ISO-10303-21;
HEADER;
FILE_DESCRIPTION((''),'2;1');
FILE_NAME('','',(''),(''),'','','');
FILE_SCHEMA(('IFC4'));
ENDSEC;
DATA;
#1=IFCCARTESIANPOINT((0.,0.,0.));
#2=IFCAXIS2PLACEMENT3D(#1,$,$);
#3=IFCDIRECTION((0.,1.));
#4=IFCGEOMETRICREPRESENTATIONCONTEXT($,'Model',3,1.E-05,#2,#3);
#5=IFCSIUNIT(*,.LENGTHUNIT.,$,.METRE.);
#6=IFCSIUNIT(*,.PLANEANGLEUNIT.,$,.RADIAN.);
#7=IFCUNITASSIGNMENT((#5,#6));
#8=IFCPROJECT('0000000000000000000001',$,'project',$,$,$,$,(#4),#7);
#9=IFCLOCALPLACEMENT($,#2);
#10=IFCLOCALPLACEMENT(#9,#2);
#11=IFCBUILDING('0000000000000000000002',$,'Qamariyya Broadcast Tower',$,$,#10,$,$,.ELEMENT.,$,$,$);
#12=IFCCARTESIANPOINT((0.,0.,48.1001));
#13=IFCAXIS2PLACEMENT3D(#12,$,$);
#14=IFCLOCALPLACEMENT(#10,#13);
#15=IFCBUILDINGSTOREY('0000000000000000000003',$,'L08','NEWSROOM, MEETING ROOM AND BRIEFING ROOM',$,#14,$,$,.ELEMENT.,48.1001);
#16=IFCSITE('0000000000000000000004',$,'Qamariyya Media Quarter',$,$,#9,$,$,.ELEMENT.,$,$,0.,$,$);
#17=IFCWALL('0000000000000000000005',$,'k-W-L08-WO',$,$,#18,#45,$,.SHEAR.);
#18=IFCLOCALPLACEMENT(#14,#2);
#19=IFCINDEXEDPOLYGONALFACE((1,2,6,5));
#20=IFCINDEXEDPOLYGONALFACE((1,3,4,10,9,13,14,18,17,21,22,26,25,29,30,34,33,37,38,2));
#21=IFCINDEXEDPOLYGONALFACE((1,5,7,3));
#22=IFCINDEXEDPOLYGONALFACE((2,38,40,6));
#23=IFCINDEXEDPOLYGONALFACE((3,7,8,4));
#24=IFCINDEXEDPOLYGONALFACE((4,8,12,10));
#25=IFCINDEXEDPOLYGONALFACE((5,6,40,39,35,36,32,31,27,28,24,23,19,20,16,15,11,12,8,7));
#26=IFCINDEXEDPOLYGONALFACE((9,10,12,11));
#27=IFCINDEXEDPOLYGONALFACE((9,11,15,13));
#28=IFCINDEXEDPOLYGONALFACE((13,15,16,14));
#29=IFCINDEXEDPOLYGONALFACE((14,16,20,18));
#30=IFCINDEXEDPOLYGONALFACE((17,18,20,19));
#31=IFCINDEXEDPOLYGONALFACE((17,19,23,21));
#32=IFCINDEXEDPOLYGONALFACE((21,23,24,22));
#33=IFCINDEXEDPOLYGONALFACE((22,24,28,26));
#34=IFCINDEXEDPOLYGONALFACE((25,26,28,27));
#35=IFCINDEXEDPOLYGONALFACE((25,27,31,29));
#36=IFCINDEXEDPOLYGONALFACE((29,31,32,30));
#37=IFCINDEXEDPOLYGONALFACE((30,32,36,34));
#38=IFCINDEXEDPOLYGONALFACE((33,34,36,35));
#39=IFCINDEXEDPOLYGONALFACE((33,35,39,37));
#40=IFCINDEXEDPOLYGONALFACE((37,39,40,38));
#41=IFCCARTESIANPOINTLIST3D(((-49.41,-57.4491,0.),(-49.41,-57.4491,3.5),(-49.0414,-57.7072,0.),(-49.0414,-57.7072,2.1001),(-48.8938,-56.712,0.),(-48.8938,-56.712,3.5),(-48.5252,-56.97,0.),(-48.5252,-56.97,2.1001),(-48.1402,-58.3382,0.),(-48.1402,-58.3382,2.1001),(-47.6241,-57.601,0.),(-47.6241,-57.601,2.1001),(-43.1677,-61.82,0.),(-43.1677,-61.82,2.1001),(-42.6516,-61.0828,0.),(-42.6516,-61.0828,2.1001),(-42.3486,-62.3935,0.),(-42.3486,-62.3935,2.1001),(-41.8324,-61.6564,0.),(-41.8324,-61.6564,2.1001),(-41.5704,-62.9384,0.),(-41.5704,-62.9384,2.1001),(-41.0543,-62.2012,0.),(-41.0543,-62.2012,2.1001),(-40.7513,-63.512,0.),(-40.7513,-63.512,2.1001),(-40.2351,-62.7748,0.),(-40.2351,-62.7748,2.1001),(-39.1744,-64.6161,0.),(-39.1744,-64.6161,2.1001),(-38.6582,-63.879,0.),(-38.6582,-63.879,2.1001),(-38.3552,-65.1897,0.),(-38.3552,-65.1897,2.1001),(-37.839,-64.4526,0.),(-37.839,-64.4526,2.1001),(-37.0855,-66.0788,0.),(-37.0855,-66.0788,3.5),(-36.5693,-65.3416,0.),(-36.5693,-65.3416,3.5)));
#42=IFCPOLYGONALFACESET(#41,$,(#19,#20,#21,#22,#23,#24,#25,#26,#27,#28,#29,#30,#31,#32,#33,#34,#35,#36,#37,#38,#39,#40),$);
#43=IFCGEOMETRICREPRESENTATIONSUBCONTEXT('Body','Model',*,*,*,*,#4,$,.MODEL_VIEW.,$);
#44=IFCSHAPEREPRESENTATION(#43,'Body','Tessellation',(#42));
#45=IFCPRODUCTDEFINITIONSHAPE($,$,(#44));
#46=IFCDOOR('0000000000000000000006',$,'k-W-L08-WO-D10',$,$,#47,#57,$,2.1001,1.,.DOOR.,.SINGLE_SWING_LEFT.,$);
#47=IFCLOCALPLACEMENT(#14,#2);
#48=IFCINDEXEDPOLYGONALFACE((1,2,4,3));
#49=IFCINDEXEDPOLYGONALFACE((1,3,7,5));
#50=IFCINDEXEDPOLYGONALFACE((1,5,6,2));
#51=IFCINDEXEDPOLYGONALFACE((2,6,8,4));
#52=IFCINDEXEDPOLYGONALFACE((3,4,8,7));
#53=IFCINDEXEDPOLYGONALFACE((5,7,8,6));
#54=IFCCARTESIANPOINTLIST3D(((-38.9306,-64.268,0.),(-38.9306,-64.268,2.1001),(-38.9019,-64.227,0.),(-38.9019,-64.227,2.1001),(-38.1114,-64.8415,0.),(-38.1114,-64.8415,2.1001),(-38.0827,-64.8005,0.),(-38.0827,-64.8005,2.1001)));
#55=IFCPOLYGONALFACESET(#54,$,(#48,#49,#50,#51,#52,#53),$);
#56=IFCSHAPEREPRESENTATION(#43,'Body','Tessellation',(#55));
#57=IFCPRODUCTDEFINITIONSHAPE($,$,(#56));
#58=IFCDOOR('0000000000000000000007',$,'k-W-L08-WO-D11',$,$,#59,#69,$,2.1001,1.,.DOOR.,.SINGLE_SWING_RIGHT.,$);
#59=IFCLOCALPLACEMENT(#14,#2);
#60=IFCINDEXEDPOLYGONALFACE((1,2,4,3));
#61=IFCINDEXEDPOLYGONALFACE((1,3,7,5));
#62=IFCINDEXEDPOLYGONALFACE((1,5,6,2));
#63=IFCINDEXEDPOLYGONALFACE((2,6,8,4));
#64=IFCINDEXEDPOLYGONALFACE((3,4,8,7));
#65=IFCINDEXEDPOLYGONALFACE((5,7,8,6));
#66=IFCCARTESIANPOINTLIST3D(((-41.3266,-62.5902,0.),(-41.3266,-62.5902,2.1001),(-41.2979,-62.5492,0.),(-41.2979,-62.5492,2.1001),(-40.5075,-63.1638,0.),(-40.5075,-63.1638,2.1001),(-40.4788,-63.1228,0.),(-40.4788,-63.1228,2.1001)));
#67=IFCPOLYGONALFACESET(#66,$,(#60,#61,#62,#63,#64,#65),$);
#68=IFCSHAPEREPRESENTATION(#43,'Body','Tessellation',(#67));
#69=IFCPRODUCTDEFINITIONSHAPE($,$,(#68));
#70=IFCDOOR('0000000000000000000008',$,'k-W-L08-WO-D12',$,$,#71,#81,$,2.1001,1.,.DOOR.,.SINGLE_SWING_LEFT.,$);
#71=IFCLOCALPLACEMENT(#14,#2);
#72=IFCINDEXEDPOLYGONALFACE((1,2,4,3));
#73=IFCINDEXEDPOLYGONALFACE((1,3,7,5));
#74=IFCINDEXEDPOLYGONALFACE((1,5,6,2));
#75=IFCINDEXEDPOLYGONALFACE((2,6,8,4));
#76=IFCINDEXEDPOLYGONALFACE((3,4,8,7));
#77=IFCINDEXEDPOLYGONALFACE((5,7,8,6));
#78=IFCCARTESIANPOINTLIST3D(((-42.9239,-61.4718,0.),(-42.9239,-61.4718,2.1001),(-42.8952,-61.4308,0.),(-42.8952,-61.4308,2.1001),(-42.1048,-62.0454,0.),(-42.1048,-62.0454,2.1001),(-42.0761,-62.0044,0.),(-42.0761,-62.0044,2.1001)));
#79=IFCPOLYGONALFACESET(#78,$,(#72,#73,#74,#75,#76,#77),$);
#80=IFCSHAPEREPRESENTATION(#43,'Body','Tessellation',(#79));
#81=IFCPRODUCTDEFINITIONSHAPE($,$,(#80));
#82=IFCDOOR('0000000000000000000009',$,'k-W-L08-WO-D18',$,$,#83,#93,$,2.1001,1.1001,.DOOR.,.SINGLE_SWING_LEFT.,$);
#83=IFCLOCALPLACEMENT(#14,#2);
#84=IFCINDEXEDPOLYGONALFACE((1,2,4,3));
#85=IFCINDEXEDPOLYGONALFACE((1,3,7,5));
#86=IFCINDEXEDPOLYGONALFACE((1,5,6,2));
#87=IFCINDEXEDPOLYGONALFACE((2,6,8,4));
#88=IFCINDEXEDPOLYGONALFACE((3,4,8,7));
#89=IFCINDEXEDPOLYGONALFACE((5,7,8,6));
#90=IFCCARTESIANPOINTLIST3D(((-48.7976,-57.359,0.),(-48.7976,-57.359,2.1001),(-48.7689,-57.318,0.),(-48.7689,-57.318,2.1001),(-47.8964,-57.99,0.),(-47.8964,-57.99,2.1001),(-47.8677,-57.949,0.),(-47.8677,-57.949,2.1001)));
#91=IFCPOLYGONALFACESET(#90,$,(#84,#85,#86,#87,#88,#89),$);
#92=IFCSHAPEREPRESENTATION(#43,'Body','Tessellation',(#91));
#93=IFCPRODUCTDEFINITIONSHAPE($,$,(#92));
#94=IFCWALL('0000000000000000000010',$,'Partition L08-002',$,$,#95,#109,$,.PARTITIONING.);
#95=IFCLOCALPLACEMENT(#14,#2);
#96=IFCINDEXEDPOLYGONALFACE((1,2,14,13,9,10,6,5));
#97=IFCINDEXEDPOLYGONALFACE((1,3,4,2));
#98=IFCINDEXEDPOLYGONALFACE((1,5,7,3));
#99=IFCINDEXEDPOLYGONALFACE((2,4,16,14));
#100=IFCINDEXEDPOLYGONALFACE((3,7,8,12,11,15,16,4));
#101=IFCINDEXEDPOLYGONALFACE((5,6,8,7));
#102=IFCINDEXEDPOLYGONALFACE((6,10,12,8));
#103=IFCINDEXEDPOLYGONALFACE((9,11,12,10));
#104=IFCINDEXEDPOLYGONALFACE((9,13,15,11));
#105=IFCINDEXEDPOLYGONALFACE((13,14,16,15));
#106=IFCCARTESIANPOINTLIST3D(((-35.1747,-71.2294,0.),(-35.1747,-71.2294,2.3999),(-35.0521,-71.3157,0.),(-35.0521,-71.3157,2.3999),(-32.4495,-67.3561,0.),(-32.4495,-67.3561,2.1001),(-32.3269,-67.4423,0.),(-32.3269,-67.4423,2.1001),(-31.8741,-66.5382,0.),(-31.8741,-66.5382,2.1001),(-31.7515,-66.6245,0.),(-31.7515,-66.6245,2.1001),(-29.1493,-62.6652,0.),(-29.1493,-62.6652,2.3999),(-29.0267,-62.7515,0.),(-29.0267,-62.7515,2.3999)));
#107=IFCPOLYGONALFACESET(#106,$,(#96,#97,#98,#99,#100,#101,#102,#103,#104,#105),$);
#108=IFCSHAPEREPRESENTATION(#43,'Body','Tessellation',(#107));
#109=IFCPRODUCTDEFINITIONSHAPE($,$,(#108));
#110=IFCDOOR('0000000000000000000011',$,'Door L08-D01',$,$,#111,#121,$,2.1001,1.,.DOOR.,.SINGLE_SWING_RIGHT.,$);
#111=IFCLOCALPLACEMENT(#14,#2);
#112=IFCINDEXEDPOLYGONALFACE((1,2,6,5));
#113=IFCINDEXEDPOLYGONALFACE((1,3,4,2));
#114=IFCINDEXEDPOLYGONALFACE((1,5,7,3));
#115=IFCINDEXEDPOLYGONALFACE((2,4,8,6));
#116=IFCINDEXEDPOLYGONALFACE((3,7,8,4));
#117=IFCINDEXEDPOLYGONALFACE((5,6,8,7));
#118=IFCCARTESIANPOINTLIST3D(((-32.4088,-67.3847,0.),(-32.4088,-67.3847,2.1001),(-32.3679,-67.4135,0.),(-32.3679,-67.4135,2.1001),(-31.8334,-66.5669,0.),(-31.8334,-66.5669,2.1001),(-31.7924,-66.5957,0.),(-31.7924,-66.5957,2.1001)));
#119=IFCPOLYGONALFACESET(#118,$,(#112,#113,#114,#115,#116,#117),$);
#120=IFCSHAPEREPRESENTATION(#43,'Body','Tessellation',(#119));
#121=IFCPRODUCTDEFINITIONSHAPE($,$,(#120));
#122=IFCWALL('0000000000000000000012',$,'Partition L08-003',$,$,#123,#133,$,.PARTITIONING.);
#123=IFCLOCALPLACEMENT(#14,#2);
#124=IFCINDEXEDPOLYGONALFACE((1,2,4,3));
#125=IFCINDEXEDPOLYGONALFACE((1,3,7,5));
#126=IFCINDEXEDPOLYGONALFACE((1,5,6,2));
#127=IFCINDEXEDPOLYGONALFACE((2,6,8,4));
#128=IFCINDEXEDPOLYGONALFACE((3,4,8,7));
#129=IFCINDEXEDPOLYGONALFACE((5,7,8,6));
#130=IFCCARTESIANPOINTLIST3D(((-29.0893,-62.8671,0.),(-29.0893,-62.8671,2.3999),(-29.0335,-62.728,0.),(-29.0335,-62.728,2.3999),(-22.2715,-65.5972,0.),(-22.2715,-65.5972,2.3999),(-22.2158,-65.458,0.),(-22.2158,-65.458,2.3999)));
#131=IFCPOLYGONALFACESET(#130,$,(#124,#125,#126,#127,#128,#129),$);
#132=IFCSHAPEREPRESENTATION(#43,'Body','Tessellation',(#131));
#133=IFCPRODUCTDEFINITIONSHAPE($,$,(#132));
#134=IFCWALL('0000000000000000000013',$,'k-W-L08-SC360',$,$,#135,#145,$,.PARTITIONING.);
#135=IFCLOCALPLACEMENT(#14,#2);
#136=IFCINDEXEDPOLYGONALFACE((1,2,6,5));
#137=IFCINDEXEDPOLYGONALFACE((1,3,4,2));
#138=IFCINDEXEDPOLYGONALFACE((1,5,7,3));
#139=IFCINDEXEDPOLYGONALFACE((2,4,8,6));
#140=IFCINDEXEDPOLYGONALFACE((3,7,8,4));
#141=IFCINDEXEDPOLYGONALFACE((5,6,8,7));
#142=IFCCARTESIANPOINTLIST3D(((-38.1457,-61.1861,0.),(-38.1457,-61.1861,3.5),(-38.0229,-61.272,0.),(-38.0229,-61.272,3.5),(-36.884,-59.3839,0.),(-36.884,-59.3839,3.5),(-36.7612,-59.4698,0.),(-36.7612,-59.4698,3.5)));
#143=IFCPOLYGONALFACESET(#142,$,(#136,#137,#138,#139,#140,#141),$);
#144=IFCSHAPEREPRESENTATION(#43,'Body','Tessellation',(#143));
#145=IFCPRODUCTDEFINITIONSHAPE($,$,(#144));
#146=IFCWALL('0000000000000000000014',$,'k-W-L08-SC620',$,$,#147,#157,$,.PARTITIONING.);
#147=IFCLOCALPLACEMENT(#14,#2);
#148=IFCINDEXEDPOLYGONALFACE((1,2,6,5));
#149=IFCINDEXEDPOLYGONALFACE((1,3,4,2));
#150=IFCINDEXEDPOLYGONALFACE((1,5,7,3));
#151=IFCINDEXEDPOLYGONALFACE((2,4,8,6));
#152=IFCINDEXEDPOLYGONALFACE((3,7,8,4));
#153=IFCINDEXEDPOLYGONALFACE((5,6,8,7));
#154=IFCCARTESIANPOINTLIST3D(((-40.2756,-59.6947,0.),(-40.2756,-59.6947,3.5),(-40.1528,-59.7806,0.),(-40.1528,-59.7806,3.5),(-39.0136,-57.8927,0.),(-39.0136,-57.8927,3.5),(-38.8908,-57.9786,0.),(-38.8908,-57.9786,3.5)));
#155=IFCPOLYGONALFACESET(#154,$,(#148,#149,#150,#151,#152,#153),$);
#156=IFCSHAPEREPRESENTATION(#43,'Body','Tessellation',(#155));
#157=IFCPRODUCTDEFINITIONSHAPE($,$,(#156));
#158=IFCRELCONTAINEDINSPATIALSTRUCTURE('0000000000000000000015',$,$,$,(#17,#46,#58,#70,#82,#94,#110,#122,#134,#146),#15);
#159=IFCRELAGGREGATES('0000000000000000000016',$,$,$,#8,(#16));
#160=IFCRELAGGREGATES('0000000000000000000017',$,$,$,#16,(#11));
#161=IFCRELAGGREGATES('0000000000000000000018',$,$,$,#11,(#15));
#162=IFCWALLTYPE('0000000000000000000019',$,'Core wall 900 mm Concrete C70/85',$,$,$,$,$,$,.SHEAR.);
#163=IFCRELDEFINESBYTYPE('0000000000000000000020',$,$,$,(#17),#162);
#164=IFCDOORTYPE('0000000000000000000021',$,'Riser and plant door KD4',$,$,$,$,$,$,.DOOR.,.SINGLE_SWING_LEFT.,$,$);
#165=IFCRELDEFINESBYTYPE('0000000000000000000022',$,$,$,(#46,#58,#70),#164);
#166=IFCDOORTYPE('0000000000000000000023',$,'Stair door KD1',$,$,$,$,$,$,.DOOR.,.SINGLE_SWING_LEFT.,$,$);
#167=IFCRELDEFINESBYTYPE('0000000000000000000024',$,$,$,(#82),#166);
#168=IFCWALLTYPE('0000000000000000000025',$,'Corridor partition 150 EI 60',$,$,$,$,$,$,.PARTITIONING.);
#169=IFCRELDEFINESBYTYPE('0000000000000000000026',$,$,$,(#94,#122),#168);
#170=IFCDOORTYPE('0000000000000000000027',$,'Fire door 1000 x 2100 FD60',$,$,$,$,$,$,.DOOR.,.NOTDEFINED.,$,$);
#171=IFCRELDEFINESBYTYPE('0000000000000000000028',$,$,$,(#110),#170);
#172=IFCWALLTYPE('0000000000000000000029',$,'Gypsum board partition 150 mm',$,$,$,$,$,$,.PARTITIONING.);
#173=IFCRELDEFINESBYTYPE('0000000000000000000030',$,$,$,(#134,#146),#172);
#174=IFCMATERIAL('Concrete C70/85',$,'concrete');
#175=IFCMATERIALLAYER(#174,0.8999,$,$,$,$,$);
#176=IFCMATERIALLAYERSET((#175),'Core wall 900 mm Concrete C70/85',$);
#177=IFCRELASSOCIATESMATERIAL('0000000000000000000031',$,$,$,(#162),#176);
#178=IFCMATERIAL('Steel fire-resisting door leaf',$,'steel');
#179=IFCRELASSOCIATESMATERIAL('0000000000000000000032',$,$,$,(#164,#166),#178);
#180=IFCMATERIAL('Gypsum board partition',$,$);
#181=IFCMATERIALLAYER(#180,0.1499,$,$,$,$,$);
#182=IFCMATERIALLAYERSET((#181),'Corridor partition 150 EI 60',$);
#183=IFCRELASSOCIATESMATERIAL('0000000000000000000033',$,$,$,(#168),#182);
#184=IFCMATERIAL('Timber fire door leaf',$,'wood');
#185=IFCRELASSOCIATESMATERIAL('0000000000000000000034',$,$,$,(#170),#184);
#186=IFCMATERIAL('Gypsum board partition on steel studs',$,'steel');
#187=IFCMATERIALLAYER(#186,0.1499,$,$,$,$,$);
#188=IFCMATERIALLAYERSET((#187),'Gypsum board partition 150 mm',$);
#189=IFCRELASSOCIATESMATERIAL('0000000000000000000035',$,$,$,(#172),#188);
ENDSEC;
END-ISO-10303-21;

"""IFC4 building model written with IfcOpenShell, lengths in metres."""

from ifc_helpers import new_model, si_unit, direction, frame, frame_2d, origin, place, context, subcontext, project, spatial, rectangle, extrude, material, layer, layer_set, type_object, element, fill, save


model = new_model("IFC4")

# Units and contexts
model_context = context("Model", 3, precision=1e-05, world=origin(), true_north=direction((0.0, 1.0)))
body_context = subcontext(model_context, "Body", "Model", "MODEL_VIEW")
ifc_project = project(units=[si_unit("LENGTHUNIT", "METRE"), si_unit("PLANEANGLEUNIT", "RADIAN")], contexts=[model_context])

# Site, building, storey
site_placement = place(None, origin())
site = spatial("IfcSite", under=ifc_project, at=site_placement, Name="Qamariyya Media Quarter", CompositionType="ELEMENT", RefElevation=0.0)
building_placement = place(site_placement, origin())
building = spatial("IfcBuilding", under=site, at=building_placement, Name="Qamariyya Broadcast Tower", CompositionType="ELEMENT")
storey_placement = place(building_placement, frame((0.0, 0.0, 48.1001)))
storey = spatial("IfcBuildingStorey", under=building, at=storey_placement, Name="L08", Description="NEWSROOM, MEETING ROOM AND BRIEFING ROOM", CompositionType="ELEMENT", Elevation=48.1001)

# Wall, openings, doors
ifc_material_1 = material(Name="Concrete C70/85", Category="concrete")
ifc_layer_1 = layer(ifc_material_1, 0.8999)
ifc_layer_set_1 = layer_set([ifc_layer_1], Name="Core wall 900 mm Concrete C70/85")
wall_type_1 = type_object("IfcWallType", Name="Core wall 900 mm Concrete C70/85", PredefinedType="SHEAR", material=ifc_layer_set_1)
wall_1_placement = place(storey_placement, frame((-36.8274, -65.7102, 0.0), z_axis=(0.0, 0.0, 1.0), x_axis=(-0.819153, 0.573575, 0.0)))
wall_1 = element("IfcWall", 1, at=wall_1_placement, inside=storey, type_object=wall_type_1, Name="k-W-L08-WO", PredefinedType="SHEAR", context=body_context, shape_type="SweptSolid", body=[
    extrude(rectangle(XDim=15.0454, YDim=0.8999, at=frame_2d((7.5227, 0.0))), origin(), (0.0, 0.0, 1.0), 3.5),
])
opening_1_placement = place(wall_1_placement, frame((1.55, 0.0, 0.0)))
opening_1 = element("IfcOpeningElement", 2, at=opening_1_placement, cuts=wall_1, PredefinedType="OPENING", context=body_context, shape_type="SweptSolid", body=[
    extrude(rectangle(XDim=1.0, YDim=2.1001, at=frame_2d((0.5, 1.05))), frame((0.0, 0.46, 0.0), z_axis=(0.0, -1.0, 0.0), x_axis=(1.0, 0.0, 0.0)), (0.0, 0.0, 1.0), 0.9199),
])
opening_2_placement = place(wall_1_placement, frame((4.4751, 0.0, 0.0)))
opening_2 = element("IfcOpeningElement", 3, at=opening_2_placement, cuts=wall_1, PredefinedType="OPENING", context=body_context, shape_type="SweptSolid", body=[
    extrude(rectangle(XDim=1.0, YDim=2.1001, at=frame_2d((0.5, 1.05))), frame((0.0, 0.46, 0.0), z_axis=(0.0, -1.0, 0.0), x_axis=(1.0, 0.0, 0.0)), (0.0, 0.0, 1.0), 0.9199),
])
opening_3_placement = place(wall_1_placement, frame((6.425, 0.0, 0.0)))
opening_3 = element("IfcOpeningElement", 4, at=opening_3_placement, cuts=wall_1, PredefinedType="OPENING", context=body_context, shape_type="SweptSolid", body=[
    extrude(rectangle(XDim=1.0, YDim=2.1001, at=frame_2d((0.5, 1.05))), frame((0.0, 0.46, 0.0), z_axis=(0.0, -1.0, 0.0), x_axis=(1.0, 0.0, 0.0)), (0.0, 0.0, 1.0), 0.9199),
])
opening_4_placement = place(wall_1_placement, frame((13.4954, 0.0, 0.0)))
opening_4 = element("IfcOpeningElement", 5, at=opening_4_placement, cuts=wall_1, PredefinedType="OPENING", context=body_context, shape_type="SweptSolid", body=[
    extrude(rectangle(XDim=1.1001, YDim=2.1001, at=frame_2d((0.55, 1.05))), frame((0.0, 0.46, 0.0), z_axis=(0.0, -1.0, 0.0), x_axis=(1.0, 0.0, 0.0)), (0.0, 0.0, 1.0), 0.9199),
])
ifc_material_2 = material(Name="Steel fire-resisting door leaf", Category="steel")
door_type_1 = type_object("IfcDoorType", Name="Riser and plant door KD4", OperationType="SINGLE_SWING_LEFT", PredefinedType="DOOR", material=ifc_material_2)
door_1_placement = place(opening_1_placement, origin())
door_1 = element("IfcDoor", 6, at=door_1_placement, inside=storey, type_object=door_type_1, Name="k-W-L08-WO-D10", OperationType="SINGLE_SWING_LEFT", OverallHeight=2.1001, OverallWidth=1.0, PredefinedType="DOOR", context=body_context, shape_type="SweptSolid", body=[
    extrude(rectangle(XDim=1.0, YDim=2.1001, at=frame_2d((0.5, 1.05))), frame((0.0, 0.0249, 0.0), z_axis=(0.0, -1.0, 0.0), x_axis=(1.0, 0.0, 0.0)), (0.0, 0.0, 1.0), 0.05),
])
fill(opening_1, door_1)
door_2_placement = place(opening_2_placement, origin())
door_2 = element("IfcDoor", 7, at=door_2_placement, inside=storey, type_object=door_type_1, Name="k-W-L08-WO-D11", OperationType="SINGLE_SWING_RIGHT", OverallHeight=2.1001, OverallWidth=1.0, PredefinedType="DOOR", context=body_context, shape_type="SweptSolid", body=[
    extrude(rectangle(XDim=1.0, YDim=2.1001, at=frame_2d((0.5, 1.05))), frame((0.0, 0.0249, 0.0), z_axis=(0.0, -1.0, 0.0), x_axis=(1.0, 0.0, 0.0)), (0.0, 0.0, 1.0), 0.05),
])
fill(opening_2, door_2)
door_3_placement = place(opening_3_placement, origin())
door_3 = element("IfcDoor", 8, at=door_3_placement, inside=storey, type_object=door_type_1, Name="k-W-L08-WO-D12", OperationType="SINGLE_SWING_LEFT", OverallHeight=2.1001, OverallWidth=1.0, PredefinedType="DOOR", context=body_context, shape_type="SweptSolid", body=[
    extrude(rectangle(XDim=1.0, YDim=2.1001, at=frame_2d((0.5, 1.05))), frame((0.0, 0.0249, 0.0), z_axis=(0.0, -1.0, 0.0), x_axis=(1.0, 0.0, 0.0)), (0.0, 0.0, 1.0), 0.05),
])
fill(opening_3, door_3)
door_type_2 = type_object("IfcDoorType", Name="Stair door KD1", OperationType="SINGLE_SWING_LEFT", PredefinedType="DOOR", material=ifc_material_2)
door_4_placement = place(opening_4_placement, origin())
door_4 = element("IfcDoor", 9, at=door_4_placement, inside=storey, type_object=door_type_2, Name="k-W-L08-WO-D18", OperationType="SINGLE_SWING_LEFT", OverallHeight=2.1001, OverallWidth=1.1001, PredefinedType="DOOR", context=body_context, shape_type="SweptSolid", body=[
    extrude(rectangle(XDim=1.1001, YDim=2.1001, at=frame_2d((0.55, 1.05))), frame((0.0, 0.0249, 0.0), z_axis=(0.0, -1.0, 0.0), x_axis=(1.0, 0.0, 0.0)), (0.0, 0.0, 1.0), 0.05),
])
fill(opening_4, door_4)

# Wall, opening, door
ifc_material_3 = material(Name="Gypsum board partition")
ifc_layer_2 = layer(ifc_material_3, 0.1499)
ifc_layer_set_2 = layer_set([ifc_layer_2], Name="Corridor partition 150 EI 60")
wall_type_2 = type_object("IfcWallType", Name="Corridor partition 150 EI 60", PredefinedType="PARTITIONING", material=ifc_layer_set_2)
wall_2_placement = place(storey_placement, frame((-29.0879, -62.7083, 0.0), z_axis=(0.0, 0.0, 1.0), x_axis=(-0.575412, -0.817864, 0.0)))
wall_2 = element("IfcWall", 10, at=wall_2_placement, inside=storey, type_object=wall_type_2, Name="Partition L08-002", PredefinedType="PARTITIONING", context=body_context, shape_type="SweptSolid", body=[
    extrude(rectangle(XDim=10.4714, YDim=0.1499, at=frame_2d((5.2358, 0.0))), origin(), (0.0, 0.0, 1.0), 2.3999),
])
opening_5_placement = place(wall_2_placement, frame((4.7356, 0.0, 0.0)))
opening_5 = element("IfcOpeningElement", 11, at=opening_5_placement, cuts=wall_2, PredefinedType="OPENING", context=body_context, shape_type="SweptSolid", body=[
    extrude(rectangle(XDim=1.0, YDim=2.1001, at=frame_2d((0.5, 1.05))), frame((0.0, 0.085, 0.0), z_axis=(0.0, -1.0, 0.0), x_axis=(1.0, 0.0, 0.0)), (0.0, 0.0, 1.0), 0.1699),
])
ifc_material_4 = material(Name="Timber fire door leaf", Category="wood")
door_type_3 = type_object("IfcDoorType", Name="Fire door 1000 x 2100 FD60", OperationType="NOTDEFINED", PredefinedType="DOOR", material=ifc_material_4)
door_5_placement = place(opening_5_placement, origin())
door_5 = element("IfcDoor", 12, at=door_5_placement, inside=storey, type_object=door_type_3, Name="Door L08-D01", OperationType="SINGLE_SWING_RIGHT", OverallHeight=2.1001, OverallWidth=1.0, PredefinedType="DOOR", context=body_context, shape_type="SweptSolid", body=[
    extrude(rectangle(XDim=1.0, YDim=2.1001, at=frame_2d((0.5, 1.05))), frame((0.0, 0.0249, 0.0), z_axis=(0.0, -1.0, 0.0), x_axis=(1.0, 0.0, 0.0)), (0.0, 0.0, 1.0), 0.05),
])
fill(opening_5, door_5)

# Walls
wall_3_placement = place(storey_placement, frame((-29.0613, -62.7976, 0.0), z_axis=(0.0, 0.0, 1.0), x_axis=(0.928339, -0.371735, 0.0)))
element("IfcWall", 13, at=wall_3_placement, inside=storey, type_object=wall_type_2, Name="Partition L08-003", PredefinedType="PARTITIONING", context=body_context, shape_type="SweptSolid", body=[
    extrude(rectangle(XDim=7.344, YDim=0.1499, at=frame_2d((3.6719, 0.0))), origin(), (0.0, 0.0, 1.0), 2.3999),
])
ifc_material_5 = material(Name="Gypsum board partition on steel studs", Category="steel")
ifc_layer_3 = layer(ifc_material_5, 0.1499)
ifc_layer_set_3 = layer_set([ifc_layer_3], Name="Gypsum board partition 150 mm")
wall_type_3 = type_object("IfcWallType", Name="Gypsum board partition 150 mm", PredefinedType="PARTITIONING", material=ifc_layer_set_3)
for number, where, z_axis, x_axis, name in (
    (14, (-36.8225, -59.4268, 0.0), (0.0, 0.0, 1.0), (-0.573507, -0.819201, 0.0), "k-W-L08-SC360"),
    (15, (-38.9521, -57.9355, 0.0), (0.0, 0.0, 1.0), (-0.573634, -0.819112, 0.0), "k-W-L08-SC620"),
):
    element("IfcWall", number, at=place(storey_placement, frame(where, z_axis=z_axis, x_axis=x_axis)), inside=storey, type_object=wall_type_3, Name=name, PredefinedType="PARTITIONING", context=body_context, shape_type="SweptSolid", body=[
        extrude(rectangle(XDim=2.2, YDim=0.1499, at=frame_2d((1.1001, 0.0))), origin(), (0.0, 0.0, 1.0), 3.5),
    ])

save(model, "model.ifc")
